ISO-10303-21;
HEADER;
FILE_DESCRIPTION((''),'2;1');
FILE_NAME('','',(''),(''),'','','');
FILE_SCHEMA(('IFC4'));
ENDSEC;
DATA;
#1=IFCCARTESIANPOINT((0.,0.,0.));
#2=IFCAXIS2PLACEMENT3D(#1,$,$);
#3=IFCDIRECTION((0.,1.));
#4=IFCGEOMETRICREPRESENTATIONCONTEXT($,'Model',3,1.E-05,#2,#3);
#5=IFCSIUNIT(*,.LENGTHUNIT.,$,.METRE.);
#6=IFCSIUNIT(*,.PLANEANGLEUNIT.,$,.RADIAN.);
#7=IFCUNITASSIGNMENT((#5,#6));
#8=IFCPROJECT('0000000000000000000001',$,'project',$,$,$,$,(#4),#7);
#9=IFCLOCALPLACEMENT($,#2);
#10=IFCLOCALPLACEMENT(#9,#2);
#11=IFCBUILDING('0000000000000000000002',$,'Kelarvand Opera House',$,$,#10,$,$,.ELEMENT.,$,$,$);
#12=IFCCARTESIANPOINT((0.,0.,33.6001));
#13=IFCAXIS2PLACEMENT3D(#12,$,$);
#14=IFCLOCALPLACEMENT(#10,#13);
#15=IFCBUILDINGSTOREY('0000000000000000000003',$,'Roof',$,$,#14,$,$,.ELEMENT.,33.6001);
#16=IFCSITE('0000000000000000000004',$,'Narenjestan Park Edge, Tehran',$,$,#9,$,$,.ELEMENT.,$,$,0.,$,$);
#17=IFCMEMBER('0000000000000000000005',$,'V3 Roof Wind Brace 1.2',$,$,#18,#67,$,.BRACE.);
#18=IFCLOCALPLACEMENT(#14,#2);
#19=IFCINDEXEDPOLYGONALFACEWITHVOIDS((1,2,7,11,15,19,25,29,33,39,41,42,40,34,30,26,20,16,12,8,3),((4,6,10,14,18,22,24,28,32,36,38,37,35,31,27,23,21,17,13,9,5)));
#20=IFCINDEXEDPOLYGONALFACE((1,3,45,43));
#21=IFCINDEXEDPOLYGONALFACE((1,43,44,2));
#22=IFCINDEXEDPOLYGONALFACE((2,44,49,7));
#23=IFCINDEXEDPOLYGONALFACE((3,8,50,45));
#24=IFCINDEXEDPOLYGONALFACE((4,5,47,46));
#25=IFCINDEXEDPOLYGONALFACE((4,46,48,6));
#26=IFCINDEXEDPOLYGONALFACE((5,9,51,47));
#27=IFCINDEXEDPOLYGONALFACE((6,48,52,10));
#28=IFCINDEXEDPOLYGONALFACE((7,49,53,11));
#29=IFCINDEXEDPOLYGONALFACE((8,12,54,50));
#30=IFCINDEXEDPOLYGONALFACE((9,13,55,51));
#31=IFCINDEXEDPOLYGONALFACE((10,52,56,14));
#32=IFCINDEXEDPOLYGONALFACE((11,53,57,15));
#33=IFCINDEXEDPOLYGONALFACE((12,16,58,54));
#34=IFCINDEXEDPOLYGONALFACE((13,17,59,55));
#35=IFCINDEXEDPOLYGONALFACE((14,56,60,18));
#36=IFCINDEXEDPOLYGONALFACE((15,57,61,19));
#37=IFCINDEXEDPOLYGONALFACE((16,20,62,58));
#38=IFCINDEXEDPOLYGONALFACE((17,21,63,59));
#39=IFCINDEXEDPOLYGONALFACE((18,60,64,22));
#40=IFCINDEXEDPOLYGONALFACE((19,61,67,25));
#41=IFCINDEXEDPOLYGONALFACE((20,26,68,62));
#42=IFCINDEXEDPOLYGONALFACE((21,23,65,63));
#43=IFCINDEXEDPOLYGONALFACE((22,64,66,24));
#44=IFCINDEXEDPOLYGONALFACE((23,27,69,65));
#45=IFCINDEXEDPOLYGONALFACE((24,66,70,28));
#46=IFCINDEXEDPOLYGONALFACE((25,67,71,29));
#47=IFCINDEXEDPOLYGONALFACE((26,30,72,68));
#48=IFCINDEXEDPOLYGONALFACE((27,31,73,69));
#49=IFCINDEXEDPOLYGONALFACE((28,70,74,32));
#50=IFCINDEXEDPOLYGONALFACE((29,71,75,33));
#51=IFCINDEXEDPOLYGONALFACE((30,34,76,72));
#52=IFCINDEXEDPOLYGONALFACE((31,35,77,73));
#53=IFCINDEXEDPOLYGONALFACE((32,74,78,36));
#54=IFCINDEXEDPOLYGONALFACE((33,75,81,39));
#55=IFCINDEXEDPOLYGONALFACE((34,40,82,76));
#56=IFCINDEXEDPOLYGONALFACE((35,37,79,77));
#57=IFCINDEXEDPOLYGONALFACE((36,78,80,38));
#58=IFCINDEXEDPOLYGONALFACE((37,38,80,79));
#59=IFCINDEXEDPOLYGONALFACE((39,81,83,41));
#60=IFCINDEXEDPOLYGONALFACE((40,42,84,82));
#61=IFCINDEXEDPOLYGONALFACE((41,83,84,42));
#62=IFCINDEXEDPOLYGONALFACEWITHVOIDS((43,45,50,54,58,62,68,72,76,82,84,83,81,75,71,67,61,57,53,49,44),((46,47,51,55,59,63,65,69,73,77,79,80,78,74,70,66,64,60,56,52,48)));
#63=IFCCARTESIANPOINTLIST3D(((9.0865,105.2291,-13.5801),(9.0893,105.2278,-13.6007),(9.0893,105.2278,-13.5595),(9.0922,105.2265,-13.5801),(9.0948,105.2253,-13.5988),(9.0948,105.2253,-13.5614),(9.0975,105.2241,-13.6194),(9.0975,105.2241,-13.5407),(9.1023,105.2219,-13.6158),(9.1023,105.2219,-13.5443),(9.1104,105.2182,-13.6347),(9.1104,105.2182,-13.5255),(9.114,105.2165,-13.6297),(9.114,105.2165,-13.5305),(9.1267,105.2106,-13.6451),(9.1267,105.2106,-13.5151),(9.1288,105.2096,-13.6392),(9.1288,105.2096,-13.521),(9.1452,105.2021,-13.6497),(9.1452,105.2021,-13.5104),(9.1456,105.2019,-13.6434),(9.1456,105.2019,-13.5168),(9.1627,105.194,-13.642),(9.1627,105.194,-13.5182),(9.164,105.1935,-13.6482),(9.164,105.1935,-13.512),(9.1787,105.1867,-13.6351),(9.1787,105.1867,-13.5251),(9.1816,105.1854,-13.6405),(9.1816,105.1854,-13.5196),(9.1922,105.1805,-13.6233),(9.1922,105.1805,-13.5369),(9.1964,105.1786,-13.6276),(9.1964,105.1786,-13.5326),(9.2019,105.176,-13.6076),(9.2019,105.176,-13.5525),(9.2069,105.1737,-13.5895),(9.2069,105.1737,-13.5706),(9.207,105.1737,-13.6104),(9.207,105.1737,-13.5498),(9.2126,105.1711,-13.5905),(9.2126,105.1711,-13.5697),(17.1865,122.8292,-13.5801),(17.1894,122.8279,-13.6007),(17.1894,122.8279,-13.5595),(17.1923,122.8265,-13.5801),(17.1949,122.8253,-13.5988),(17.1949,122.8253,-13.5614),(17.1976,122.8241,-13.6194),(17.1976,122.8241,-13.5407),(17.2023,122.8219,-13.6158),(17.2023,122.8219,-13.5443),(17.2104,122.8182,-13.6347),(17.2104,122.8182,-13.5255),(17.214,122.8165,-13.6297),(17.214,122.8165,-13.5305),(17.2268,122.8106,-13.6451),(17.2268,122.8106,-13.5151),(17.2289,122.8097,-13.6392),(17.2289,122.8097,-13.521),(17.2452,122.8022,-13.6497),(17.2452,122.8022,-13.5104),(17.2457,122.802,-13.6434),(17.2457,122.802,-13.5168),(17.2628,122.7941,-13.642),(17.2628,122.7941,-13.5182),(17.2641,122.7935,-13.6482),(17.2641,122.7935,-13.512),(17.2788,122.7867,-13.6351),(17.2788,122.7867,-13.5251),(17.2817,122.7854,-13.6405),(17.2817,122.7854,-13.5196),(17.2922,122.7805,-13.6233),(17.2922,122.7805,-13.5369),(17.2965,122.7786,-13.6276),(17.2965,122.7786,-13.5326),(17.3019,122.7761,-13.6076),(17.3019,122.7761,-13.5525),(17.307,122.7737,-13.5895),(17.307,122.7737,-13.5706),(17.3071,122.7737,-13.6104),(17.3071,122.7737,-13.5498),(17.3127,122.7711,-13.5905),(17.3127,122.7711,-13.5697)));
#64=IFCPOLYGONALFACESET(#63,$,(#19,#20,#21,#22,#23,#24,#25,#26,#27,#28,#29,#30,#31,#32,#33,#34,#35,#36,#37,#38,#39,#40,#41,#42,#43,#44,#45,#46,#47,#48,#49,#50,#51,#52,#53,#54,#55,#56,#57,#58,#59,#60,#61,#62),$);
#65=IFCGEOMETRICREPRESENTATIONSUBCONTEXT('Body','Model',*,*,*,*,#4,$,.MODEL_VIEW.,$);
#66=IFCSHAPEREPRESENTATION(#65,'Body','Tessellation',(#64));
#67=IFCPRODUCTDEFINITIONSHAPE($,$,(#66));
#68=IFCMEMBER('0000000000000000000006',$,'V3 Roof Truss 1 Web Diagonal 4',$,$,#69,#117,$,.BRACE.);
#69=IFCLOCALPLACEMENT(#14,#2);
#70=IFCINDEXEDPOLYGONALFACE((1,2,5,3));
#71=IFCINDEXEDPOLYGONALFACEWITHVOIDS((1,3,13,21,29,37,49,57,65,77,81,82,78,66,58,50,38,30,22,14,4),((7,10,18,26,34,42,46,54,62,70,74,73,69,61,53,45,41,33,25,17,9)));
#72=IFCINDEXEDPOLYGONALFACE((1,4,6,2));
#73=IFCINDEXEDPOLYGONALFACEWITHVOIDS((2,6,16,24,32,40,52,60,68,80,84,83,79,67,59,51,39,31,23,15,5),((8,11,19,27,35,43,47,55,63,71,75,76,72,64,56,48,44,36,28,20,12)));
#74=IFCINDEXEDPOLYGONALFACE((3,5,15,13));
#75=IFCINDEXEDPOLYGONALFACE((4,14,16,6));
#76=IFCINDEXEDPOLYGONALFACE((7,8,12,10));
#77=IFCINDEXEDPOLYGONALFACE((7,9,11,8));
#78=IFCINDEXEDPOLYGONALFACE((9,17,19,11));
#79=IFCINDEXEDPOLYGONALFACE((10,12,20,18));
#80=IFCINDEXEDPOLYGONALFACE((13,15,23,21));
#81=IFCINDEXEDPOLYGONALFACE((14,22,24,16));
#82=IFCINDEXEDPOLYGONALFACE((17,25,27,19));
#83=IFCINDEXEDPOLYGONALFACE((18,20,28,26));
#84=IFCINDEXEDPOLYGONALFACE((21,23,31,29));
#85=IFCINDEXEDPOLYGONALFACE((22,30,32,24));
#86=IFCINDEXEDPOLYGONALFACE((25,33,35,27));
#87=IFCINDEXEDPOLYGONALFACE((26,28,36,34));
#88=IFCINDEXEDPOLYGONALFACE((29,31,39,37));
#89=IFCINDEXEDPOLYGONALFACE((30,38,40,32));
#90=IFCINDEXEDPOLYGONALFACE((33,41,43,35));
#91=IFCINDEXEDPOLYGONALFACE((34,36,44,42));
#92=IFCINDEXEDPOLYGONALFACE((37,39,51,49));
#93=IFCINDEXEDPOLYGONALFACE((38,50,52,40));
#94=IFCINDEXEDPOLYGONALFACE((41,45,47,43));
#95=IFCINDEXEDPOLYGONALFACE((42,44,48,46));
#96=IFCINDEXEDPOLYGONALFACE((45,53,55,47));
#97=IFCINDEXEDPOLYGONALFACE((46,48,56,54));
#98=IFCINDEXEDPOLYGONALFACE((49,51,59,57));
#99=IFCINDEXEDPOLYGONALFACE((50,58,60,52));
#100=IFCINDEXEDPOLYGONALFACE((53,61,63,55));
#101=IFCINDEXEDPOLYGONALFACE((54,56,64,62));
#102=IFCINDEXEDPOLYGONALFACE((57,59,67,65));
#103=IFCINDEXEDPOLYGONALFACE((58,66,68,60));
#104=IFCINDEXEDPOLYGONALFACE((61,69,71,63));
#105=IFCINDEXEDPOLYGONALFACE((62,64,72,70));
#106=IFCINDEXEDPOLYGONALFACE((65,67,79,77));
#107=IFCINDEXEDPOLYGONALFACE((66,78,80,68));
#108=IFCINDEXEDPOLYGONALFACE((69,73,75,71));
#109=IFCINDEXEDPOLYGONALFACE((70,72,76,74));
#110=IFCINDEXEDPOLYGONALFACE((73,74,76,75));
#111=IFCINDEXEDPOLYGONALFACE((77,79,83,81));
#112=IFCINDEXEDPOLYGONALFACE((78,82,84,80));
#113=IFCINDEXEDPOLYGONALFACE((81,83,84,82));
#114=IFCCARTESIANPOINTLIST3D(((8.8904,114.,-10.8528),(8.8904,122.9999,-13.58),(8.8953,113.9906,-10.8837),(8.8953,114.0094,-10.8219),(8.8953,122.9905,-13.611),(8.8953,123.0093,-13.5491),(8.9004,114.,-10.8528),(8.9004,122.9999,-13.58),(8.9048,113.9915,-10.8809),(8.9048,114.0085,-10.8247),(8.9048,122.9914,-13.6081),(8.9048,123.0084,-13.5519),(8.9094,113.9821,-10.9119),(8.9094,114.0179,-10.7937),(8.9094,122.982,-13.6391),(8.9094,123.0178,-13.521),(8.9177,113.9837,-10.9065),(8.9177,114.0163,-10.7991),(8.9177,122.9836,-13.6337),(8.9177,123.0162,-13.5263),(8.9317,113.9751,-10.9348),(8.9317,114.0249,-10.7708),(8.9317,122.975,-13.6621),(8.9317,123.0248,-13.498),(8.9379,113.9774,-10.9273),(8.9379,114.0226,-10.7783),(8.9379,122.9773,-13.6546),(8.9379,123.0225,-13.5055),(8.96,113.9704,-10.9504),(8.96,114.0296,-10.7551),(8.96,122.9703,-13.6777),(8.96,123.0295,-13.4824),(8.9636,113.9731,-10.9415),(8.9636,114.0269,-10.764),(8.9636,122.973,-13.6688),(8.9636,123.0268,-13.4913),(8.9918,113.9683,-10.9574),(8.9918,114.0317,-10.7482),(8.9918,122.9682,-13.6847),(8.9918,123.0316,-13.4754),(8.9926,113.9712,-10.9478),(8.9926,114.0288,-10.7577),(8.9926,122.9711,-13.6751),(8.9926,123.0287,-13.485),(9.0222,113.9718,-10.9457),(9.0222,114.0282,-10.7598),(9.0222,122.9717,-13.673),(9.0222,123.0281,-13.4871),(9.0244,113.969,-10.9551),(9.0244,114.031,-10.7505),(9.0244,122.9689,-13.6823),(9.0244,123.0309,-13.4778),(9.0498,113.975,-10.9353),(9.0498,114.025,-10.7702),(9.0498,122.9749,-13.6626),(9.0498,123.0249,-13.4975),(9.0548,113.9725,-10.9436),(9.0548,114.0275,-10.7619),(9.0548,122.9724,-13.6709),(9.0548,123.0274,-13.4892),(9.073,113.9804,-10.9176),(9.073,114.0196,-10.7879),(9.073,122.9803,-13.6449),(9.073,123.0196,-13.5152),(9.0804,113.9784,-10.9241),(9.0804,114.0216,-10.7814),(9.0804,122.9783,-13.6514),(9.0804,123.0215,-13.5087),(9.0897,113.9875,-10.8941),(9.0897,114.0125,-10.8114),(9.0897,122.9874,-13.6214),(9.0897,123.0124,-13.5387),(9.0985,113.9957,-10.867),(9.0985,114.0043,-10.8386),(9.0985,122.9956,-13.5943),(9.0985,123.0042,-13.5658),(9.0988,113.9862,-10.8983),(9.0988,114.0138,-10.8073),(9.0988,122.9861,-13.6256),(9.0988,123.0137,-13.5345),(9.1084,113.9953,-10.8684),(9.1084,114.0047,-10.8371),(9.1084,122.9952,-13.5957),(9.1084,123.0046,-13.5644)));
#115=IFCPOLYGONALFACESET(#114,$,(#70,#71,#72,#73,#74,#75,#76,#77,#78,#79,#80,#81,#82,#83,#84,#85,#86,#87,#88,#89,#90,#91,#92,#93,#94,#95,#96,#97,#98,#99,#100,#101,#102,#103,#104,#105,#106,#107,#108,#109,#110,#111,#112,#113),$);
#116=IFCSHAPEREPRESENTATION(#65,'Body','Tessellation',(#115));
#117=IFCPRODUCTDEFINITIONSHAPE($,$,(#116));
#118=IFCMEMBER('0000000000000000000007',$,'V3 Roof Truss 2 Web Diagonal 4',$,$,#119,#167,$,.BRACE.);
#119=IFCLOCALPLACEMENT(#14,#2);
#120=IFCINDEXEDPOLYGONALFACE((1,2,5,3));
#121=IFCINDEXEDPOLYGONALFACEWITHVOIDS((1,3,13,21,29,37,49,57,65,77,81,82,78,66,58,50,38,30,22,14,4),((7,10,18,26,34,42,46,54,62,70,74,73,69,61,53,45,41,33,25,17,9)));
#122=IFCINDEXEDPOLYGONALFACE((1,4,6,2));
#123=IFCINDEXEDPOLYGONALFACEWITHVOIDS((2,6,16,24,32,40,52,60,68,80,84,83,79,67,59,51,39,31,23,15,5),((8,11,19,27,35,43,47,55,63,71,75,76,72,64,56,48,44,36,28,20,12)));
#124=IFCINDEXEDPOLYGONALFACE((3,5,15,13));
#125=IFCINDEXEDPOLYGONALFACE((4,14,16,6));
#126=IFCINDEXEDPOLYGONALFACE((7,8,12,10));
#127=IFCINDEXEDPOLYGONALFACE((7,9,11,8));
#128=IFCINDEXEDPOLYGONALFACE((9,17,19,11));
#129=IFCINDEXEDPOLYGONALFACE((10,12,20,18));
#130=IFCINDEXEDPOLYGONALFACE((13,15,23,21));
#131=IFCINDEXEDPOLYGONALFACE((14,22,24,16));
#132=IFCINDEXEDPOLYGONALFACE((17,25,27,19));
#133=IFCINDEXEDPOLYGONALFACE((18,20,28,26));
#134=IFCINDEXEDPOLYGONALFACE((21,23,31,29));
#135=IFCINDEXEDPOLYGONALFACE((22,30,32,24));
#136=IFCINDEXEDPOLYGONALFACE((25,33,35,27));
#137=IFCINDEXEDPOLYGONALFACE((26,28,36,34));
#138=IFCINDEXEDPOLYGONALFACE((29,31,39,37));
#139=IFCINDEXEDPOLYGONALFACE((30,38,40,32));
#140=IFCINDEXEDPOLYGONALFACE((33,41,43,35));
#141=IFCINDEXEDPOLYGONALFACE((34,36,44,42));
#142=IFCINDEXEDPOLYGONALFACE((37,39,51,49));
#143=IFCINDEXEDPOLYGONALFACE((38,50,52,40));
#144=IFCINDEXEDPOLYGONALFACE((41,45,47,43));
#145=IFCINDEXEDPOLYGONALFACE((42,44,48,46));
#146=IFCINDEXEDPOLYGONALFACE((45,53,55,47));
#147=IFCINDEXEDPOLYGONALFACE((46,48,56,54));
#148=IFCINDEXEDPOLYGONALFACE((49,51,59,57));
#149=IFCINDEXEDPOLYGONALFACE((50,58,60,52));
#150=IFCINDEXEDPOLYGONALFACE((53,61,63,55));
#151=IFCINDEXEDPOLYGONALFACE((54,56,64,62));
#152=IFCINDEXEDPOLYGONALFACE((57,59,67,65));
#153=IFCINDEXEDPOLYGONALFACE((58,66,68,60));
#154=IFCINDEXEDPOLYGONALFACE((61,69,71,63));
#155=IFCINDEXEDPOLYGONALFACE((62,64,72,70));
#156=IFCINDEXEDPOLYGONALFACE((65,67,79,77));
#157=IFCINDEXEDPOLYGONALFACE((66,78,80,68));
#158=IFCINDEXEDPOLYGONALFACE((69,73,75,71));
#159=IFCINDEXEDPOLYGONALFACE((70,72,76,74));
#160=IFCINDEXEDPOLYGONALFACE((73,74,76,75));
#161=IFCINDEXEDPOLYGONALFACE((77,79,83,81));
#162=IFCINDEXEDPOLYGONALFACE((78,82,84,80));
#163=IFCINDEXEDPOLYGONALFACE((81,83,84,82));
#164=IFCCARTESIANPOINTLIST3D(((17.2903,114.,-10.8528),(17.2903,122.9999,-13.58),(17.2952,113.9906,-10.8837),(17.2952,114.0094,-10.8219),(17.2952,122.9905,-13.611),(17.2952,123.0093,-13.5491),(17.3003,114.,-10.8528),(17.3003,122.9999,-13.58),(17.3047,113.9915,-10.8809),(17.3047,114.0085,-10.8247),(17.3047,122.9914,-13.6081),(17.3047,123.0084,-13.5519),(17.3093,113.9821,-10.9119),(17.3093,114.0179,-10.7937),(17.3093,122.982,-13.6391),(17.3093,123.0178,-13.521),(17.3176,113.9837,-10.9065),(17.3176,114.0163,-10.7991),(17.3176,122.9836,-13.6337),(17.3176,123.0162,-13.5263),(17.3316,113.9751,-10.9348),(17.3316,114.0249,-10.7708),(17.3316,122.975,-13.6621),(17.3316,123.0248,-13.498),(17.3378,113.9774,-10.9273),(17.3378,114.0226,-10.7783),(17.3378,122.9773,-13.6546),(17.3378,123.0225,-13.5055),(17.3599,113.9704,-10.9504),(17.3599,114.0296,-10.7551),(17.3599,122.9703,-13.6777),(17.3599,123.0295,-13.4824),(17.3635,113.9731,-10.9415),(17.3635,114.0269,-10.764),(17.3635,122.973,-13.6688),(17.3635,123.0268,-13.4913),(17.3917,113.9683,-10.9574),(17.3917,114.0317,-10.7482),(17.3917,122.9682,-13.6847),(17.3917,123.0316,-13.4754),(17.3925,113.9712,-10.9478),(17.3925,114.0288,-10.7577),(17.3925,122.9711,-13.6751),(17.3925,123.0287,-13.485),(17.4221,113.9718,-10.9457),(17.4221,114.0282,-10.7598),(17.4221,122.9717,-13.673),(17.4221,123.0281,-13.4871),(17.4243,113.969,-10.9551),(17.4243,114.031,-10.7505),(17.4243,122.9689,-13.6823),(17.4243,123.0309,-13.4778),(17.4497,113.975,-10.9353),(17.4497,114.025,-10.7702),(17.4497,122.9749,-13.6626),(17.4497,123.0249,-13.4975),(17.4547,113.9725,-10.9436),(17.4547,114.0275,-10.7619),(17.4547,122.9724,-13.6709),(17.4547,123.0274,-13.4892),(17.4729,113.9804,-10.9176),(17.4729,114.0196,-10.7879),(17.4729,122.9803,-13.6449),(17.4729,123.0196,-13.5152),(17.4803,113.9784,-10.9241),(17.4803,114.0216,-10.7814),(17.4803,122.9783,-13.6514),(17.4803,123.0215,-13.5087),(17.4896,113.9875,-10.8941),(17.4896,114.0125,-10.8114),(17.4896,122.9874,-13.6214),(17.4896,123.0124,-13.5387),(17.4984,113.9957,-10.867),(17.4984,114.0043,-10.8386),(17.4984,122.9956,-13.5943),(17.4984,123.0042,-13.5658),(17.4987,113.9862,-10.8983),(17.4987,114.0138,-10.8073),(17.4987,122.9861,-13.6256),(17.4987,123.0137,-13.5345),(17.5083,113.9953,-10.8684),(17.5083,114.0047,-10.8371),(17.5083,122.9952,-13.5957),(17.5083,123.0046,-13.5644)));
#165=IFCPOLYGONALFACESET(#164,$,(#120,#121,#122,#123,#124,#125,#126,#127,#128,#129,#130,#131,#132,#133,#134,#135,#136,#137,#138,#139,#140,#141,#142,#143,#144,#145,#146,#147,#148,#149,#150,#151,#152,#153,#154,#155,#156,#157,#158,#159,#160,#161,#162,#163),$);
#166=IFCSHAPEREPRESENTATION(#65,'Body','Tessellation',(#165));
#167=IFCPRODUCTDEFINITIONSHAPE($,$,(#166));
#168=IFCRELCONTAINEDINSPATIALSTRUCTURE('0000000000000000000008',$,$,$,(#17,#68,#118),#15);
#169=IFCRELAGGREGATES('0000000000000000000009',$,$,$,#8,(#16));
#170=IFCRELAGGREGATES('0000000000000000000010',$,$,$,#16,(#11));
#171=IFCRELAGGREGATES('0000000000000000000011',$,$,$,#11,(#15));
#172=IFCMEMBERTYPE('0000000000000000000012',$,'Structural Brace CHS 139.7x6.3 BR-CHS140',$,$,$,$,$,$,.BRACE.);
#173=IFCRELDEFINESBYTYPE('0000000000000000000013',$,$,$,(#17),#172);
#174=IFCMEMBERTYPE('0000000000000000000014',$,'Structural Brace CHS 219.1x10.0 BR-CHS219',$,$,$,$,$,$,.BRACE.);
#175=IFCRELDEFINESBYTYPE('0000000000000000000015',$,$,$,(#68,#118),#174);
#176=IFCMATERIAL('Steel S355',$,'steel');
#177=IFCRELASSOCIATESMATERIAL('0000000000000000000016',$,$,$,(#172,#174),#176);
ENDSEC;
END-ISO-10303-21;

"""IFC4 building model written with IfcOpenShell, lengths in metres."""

from ifc_helpers import new_model, si_unit, direction, frame, origin, origin_2d, place, context, subcontext, project, spatial, hollow_circle, extrude, material, material_profile, profile_set, type_object, element, save


model = new_model("IFC4")

# Units and contexts
model_context = context("Model", 3, precision=1e-05, world=origin(), true_north=direction((0.0, 1.0)))
body_context = subcontext(model_context, "Body", "Model", "MODEL_VIEW")
ifc_project = project(units=[si_unit("LENGTHUNIT", "METRE"), si_unit("PLANEANGLEUNIT", "RADIAN")], contexts=[model_context])

# Site, building, storey
site_placement = place(None, origin())
site = spatial("IfcSite", under=ifc_project, at=site_placement, Name="Narenjestan Park Edge, Tehran", CompositionType="ELEMENT", RefElevation=0.0)
building_placement = place(site_placement, origin())
building = spatial("IfcBuilding", under=site, at=building_placement, Name="Kelarvand Opera House", CompositionType="ELEMENT")
storey_placement = place(building_placement, frame((0.0, 0.0, 33.6001)))
storey = spatial("IfcBuildingStorey", under=building, at=storey_placement, Name="Roof", CompositionType="ELEMENT", Elevation=33.6001)

# Members
ifc_material = material(Name="Steel S355", Category="steel")
ifc_material_profile_1 = material_profile(ifc_material, hollow_circle(Radius=0.0698, WallThickness=0.0063, at=origin_2d()), Name="CHS 139.7x6.3", Category="steel")
ifc_profile_set_1 = profile_set([ifc_material_profile_1], Name="Steel S355")
member_type_1 = type_object("IfcMemberType", Name="Structural Brace CHS 139.7x6.3 BR-CHS140", PredefinedType="BRACE", material=ifc_profile_set_1)
member_1_placement = place(storey_placement, frame((9.1499, 105.2, -13.5801), z_axis=(0.418078, 0.908411, 0.0), x_axis=(-0.908411, 0.418078, 0.0)))
element("IfcMember", 1, at=member_1_placement, inside=storey, type_object=member_type_1, Name="V3 Roof Wind Brace 1.2", PredefinedType="BRACE", context=body_context, shape_type="SweptSolid", body=[
    extrude(hollow_circle(Radius=0.0698, WallThickness=0.0063, at=origin_2d()), origin(), (0.0, 0.0, 1.0), 19.3745),
])
ifc_material_profile_2 = material_profile(ifc_material, hollow_circle(Radius=0.1096, WallThickness=0.01, at=origin_2d()), Name="CHS 219.1x10.0", Category="steel")
ifc_profile_set_2 = profile_set([ifc_material_profile_2], Name="Steel S355")
member_type_2 = type_object("IfcMemberType", Name="Structural Brace CHS 219.1x10.0 BR-CHS219", PredefinedType="BRACE", material=ifc_profile_set_2)
for number, where, z_axis, x_axis, name in (
    (2, (9.0, 114.0, -10.8528), (0.0, 0.957024, -0.29001), (-1.0, 0.0, 0.0), "V3 Roof Truss 1 Web Diagonal 4"),
    (3, (17.3999, 114.0, -10.8528), (0.0, 0.957024, -0.29001), (-1.0, 0.0, 0.0), "V3 Roof Truss 2 Web Diagonal 4"),
):
    element("IfcMember", number, at=place(storey_placement, frame(where, z_axis=z_axis, x_axis=x_axis)), inside=storey, type_object=member_type_2, Name=name, PredefinedType="BRACE", context=body_context, shape_type="SweptSolid", body=[
        extrude(hollow_circle(Radius=0.1096, WallThickness=0.01, at=origin_2d()), origin(), (0.0, 0.0, 1.0), 9.4041),
    ])

save(model, "model.ifc")
